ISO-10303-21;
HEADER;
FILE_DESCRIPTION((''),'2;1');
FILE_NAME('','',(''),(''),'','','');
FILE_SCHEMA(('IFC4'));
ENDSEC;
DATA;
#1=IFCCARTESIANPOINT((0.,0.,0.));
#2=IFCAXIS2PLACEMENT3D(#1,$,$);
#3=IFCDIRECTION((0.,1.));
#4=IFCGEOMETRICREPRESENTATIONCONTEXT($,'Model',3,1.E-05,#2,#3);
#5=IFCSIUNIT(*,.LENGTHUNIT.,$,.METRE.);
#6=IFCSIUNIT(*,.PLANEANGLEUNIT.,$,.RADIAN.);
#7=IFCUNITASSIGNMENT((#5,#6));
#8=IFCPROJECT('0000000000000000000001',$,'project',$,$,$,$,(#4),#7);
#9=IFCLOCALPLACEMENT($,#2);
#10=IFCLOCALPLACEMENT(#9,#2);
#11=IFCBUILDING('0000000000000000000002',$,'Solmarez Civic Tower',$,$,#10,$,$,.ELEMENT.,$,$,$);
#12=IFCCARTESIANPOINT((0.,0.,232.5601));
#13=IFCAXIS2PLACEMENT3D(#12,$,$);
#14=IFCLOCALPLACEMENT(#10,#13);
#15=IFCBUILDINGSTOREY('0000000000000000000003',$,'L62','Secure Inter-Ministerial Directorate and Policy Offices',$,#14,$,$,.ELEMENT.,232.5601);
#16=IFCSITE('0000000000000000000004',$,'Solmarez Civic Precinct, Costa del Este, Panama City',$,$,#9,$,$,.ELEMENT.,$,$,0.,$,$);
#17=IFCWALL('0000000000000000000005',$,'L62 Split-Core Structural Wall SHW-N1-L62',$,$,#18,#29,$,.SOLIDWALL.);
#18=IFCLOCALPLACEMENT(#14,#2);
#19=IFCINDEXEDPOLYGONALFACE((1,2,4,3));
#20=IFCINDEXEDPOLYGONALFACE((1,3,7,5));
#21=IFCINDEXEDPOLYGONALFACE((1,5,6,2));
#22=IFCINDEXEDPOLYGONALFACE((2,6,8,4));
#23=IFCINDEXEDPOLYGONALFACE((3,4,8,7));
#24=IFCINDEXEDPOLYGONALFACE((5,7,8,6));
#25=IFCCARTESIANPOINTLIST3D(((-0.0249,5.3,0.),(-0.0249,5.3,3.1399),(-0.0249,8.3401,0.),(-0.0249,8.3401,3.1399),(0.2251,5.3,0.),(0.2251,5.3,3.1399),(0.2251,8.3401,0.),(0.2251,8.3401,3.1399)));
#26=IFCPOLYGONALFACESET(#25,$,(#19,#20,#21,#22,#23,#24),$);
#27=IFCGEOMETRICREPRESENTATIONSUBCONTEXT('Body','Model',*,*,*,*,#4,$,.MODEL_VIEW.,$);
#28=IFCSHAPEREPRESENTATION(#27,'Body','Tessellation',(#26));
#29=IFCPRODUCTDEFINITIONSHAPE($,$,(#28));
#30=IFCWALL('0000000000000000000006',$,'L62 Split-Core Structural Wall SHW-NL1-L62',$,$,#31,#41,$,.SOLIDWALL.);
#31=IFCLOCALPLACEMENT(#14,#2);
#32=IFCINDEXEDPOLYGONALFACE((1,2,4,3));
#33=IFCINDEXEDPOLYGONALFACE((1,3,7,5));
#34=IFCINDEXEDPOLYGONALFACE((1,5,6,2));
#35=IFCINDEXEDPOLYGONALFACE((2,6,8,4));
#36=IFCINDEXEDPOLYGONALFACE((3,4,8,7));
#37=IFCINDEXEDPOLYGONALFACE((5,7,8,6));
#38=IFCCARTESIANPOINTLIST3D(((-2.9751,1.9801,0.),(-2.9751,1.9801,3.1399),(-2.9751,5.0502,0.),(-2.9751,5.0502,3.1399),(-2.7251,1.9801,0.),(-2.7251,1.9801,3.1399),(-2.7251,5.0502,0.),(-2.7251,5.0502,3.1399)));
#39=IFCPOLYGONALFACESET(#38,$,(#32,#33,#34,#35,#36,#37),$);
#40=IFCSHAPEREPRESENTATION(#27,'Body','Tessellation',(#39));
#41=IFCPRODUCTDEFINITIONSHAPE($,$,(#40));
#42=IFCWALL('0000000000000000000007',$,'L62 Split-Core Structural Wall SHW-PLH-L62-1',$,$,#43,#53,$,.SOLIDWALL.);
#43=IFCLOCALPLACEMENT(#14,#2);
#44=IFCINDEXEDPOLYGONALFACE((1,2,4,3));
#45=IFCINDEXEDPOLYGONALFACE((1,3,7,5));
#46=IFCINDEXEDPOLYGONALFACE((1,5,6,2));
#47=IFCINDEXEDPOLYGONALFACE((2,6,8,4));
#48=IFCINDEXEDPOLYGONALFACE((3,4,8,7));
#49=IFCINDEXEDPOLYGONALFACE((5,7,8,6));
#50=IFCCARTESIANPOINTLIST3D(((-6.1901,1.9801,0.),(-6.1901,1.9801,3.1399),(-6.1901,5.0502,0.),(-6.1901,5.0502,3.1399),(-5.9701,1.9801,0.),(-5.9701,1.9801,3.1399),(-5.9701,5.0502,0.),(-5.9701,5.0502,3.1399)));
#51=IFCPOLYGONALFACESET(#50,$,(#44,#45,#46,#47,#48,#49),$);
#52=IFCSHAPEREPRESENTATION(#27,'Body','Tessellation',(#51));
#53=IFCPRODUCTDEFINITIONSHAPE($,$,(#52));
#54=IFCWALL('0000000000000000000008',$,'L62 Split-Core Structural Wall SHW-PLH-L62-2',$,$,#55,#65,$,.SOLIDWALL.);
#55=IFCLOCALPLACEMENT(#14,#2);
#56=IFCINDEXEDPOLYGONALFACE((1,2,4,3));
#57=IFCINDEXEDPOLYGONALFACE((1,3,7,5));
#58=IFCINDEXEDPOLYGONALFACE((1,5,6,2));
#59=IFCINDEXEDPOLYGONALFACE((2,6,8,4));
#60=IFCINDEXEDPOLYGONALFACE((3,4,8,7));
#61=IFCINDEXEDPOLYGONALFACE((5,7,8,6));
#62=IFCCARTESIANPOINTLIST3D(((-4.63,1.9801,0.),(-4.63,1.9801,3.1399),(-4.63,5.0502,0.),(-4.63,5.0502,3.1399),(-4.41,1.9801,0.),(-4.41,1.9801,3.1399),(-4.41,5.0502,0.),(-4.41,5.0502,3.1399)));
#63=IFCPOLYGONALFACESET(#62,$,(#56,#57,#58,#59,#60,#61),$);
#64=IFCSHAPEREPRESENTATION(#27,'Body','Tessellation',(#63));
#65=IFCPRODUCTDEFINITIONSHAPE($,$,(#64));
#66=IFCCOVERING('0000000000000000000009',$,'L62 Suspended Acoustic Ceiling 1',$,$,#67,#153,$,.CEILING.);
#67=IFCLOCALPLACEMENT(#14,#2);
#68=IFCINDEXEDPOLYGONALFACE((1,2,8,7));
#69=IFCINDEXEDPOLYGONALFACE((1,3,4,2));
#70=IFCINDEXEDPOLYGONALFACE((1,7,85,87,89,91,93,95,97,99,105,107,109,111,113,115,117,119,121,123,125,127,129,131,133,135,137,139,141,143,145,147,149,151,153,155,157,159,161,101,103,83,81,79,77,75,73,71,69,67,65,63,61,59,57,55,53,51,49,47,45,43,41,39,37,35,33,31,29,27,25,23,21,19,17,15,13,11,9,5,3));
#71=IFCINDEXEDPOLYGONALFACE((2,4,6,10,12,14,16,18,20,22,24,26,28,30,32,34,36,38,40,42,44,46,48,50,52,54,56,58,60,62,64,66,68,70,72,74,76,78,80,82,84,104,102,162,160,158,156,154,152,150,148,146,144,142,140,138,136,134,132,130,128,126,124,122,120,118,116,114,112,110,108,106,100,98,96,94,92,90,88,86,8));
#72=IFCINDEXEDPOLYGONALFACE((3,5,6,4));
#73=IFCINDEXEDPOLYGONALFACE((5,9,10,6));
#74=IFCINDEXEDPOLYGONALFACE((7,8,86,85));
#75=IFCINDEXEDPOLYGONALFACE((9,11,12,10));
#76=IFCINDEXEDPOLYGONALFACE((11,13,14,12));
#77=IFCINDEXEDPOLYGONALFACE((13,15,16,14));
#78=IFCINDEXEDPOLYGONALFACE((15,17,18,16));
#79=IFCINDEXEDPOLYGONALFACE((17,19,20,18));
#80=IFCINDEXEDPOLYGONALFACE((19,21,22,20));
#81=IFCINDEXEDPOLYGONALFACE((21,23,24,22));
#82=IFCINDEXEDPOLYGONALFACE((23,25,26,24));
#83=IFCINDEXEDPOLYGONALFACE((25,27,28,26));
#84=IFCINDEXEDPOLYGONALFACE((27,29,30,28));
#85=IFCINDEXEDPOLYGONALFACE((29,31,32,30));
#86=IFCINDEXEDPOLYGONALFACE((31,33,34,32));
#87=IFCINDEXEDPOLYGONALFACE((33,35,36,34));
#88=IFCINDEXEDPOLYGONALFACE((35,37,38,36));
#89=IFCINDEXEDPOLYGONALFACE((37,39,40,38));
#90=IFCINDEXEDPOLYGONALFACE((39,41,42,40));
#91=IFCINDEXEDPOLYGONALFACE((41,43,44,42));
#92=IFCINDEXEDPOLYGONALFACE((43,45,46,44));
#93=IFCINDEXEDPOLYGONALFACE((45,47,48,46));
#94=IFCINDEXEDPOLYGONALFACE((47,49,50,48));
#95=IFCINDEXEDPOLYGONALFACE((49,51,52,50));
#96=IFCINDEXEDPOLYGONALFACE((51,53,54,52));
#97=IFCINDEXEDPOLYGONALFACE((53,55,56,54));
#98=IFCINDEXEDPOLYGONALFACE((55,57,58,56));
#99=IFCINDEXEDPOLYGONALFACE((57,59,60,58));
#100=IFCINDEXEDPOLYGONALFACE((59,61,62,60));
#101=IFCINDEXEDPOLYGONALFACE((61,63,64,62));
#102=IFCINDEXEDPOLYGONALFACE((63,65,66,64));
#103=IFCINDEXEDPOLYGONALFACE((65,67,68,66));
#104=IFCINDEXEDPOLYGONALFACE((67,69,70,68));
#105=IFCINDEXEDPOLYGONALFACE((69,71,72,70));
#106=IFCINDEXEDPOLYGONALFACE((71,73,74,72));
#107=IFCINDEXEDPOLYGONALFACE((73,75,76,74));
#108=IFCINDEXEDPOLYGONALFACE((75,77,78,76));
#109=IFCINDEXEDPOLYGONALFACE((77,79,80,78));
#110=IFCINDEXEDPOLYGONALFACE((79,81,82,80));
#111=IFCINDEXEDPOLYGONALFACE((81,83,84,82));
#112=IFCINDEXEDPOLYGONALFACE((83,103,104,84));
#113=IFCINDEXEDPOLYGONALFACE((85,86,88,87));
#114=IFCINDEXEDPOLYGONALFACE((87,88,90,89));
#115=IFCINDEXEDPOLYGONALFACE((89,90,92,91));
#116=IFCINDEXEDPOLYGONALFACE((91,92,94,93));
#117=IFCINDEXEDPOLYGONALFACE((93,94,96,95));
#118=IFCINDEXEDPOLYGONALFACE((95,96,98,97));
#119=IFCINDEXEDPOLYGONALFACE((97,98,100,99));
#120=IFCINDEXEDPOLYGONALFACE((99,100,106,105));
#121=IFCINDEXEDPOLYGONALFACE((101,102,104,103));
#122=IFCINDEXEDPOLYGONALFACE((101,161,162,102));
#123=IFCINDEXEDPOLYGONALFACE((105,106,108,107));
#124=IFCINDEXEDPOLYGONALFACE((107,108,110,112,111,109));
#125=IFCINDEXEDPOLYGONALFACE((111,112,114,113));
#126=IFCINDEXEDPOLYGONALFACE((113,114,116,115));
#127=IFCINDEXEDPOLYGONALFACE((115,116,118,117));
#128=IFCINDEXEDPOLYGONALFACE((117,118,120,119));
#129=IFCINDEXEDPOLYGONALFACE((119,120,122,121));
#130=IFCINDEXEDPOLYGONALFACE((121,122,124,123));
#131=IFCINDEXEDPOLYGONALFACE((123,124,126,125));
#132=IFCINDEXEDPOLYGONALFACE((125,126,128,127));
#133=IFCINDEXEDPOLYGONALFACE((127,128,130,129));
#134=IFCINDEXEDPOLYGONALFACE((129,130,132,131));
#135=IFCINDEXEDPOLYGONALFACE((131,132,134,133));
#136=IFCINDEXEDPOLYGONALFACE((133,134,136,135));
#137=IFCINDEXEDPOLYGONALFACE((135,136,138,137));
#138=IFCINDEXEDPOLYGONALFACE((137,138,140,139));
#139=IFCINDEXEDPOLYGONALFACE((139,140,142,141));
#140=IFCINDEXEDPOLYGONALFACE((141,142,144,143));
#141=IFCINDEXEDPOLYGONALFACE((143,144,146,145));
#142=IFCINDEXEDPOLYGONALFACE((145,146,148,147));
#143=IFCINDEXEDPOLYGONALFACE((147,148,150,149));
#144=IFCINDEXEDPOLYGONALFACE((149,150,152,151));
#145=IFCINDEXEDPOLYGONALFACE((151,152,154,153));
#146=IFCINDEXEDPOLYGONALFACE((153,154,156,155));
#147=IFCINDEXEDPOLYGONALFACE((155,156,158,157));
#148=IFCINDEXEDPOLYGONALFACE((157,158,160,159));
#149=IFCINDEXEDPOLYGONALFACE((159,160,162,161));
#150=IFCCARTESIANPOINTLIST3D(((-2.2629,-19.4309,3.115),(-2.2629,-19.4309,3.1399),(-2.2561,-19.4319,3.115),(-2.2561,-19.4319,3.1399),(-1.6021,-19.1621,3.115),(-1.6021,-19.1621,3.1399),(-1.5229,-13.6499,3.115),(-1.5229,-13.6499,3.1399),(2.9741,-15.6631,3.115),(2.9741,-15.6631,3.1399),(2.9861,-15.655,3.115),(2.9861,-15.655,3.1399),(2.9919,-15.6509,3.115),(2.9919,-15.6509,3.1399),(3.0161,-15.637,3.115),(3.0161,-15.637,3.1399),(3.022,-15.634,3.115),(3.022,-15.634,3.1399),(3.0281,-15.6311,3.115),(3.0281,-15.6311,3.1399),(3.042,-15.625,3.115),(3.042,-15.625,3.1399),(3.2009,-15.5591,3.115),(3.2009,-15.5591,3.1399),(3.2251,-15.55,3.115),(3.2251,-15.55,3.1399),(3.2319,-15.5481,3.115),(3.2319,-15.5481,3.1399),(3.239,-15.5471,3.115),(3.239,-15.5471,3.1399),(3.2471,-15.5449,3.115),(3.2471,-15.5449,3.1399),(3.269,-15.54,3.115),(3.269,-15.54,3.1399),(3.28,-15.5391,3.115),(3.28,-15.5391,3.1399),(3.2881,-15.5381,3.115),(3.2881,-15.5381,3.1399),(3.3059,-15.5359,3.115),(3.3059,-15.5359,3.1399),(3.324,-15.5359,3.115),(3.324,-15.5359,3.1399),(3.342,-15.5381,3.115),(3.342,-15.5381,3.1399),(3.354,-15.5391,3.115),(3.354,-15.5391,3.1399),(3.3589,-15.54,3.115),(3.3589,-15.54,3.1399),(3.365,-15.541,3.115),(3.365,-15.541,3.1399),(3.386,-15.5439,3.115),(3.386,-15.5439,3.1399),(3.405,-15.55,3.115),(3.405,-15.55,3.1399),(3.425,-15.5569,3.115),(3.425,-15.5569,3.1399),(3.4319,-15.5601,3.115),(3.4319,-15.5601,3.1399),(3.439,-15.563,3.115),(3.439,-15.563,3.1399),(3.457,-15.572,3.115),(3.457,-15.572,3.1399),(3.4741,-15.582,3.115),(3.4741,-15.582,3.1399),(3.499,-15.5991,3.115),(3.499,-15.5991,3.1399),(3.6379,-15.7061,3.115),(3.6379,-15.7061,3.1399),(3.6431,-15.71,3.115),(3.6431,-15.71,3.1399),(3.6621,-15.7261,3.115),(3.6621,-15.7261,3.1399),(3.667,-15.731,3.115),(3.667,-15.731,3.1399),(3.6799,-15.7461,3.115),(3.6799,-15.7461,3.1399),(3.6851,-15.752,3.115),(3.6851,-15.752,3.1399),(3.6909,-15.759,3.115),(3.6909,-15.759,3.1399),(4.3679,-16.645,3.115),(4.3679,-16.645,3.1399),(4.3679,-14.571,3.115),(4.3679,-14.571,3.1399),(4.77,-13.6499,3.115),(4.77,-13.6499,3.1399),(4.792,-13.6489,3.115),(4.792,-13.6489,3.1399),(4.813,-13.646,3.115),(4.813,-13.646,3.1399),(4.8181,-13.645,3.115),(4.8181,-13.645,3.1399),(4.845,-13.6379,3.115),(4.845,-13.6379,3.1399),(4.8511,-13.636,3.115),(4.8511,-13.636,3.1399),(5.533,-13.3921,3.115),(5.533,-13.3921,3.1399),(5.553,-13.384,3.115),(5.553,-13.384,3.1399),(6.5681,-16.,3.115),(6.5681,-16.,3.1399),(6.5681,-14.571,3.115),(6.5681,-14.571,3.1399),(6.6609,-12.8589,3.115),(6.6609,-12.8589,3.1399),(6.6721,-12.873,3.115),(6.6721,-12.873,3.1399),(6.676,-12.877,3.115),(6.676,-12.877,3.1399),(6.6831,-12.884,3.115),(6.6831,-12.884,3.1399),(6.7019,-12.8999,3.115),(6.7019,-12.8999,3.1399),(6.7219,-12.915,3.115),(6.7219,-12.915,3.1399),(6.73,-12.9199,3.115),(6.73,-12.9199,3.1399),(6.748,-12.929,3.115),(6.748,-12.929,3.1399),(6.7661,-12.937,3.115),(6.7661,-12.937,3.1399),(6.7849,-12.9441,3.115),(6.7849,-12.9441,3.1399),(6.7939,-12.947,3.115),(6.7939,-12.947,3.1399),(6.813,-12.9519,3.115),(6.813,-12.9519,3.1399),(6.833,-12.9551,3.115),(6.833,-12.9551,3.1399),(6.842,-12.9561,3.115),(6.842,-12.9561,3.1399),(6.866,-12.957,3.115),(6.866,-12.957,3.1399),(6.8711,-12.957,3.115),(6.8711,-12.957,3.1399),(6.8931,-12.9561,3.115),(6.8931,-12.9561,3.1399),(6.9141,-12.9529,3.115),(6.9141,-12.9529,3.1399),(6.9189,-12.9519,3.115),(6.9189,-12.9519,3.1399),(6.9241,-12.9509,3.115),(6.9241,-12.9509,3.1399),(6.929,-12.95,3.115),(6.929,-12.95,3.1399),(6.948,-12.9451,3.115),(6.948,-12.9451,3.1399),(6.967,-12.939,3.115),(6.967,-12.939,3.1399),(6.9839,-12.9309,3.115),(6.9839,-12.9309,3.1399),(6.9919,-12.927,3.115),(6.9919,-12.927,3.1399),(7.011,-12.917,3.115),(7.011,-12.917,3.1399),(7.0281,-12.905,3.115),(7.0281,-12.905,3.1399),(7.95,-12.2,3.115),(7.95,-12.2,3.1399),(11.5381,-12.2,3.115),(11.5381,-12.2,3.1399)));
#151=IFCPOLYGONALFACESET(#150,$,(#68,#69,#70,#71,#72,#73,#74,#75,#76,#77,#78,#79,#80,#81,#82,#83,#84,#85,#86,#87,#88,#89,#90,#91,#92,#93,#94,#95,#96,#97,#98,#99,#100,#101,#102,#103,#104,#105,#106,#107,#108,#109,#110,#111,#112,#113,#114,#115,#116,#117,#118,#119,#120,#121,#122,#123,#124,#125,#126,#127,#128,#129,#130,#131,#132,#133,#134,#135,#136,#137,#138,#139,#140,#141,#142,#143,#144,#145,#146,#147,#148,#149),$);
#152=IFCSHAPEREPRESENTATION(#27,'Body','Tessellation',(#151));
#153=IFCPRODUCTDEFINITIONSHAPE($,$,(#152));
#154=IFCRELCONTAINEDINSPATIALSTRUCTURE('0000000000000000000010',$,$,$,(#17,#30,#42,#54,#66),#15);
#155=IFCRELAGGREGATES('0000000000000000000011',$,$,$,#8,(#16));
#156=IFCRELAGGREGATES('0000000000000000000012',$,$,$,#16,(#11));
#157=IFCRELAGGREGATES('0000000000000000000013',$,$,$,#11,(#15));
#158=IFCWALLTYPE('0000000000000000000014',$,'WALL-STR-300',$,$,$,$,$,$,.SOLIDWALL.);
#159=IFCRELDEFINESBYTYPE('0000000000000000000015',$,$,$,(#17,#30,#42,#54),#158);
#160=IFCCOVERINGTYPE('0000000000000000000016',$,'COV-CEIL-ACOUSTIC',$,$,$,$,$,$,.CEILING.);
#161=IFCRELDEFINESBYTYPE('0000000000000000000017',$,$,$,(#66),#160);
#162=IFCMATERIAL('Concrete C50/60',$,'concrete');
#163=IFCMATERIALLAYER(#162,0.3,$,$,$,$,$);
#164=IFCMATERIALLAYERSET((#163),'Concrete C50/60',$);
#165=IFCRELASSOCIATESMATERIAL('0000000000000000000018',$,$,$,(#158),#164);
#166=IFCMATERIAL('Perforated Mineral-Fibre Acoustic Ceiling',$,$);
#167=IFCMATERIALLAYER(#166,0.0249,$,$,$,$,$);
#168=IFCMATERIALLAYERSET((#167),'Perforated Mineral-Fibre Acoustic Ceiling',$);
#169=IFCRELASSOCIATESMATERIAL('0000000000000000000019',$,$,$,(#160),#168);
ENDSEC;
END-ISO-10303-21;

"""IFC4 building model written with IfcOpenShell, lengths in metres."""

from ifc_helpers import new_model, si_unit, direction, frame, frame_2d, origin, place, context, subcontext, project, spatial, polyline, rectangle, outline, extrude, material, layer, layer_set, type_object, element, save


model = new_model("IFC4")

# Units and contexts
model_context = context("Model", 3, precision=1e-05, world=origin(), true_north=direction((0.0, 1.0)))
body_context = subcontext(model_context, "Body", "Model", "MODEL_VIEW")
ifc_project = project(units=[si_unit("LENGTHUNIT", "METRE"), si_unit("PLANEANGLEUNIT", "RADIAN")], contexts=[model_context])

# Site, building, storey
site_placement = place(None, origin())
site = spatial("IfcSite", under=ifc_project, at=site_placement, Name="Solmarez Civic Precinct, Costa del Este, Panama City", CompositionType="ELEMENT", RefElevation=0.0)
building_placement = place(site_placement, origin())
building = spatial("IfcBuilding", under=site, at=building_placement, Name="Solmarez Civic Tower", CompositionType="ELEMENT")
storey_placement = place(building_placement, frame((0.0, 0.0, 232.5601)))
storey = spatial("IfcBuildingStorey", under=building, at=storey_placement, Name="L62", Description="Secure Inter-Ministerial Directorate and Policy Offices", CompositionType="ELEMENT", Elevation=232.5601)

# Shared definitions
ifc_material_1 = material(Name="Concrete C50/60", Category="concrete")

# Walls
ifc_layer_1 = layer(ifc_material_1, 0.3)
ifc_layer_set_1 = layer_set([ifc_layer_1], Name="Concrete C50/60")
wall_type_1 = type_object("IfcWallType", Name="WALL-STR-300", PredefinedType="SOLIDWALL", material=ifc_layer_set_1)
wall_1_placement = place(storey_placement, frame((0.1001, 5.3, 0.0), z_axis=(0.0, 0.0, 1.0), x_axis=(0.0, 1.0, 0.0)))
element("IfcWall", 1, at=wall_1_placement, inside=storey, type_object=wall_type_1, Name="L62 Split-Core Structural Wall SHW-N1-L62", PredefinedType="SOLIDWALL", context=body_context, shape_type="SweptSolid", body=[
    extrude(rectangle(XDim=3.04, YDim=0.25, at=frame_2d((1.52, 0.0))), origin(), (0.0, 0.0, 1.0), 3.1399),
])
wall_2_placement = place(storey_placement, frame((-2.8501, 1.98, 0.0), z_axis=(0.0, 0.0, 1.0), x_axis=(0.0, 1.0, 0.0)))
element("IfcWall", 2, at=wall_2_placement, inside=storey, type_object=wall_type_1, Name="L62 Split-Core Structural Wall SHW-NL1-L62", PredefinedType="SOLIDWALL", context=body_context, shape_type="SweptSolid", body=[
    extrude(rectangle(XDim=3.0701, YDim=0.25, at=frame_2d((1.5352, 0.0))), origin(), (0.0, 0.0, 1.0), 3.1399),
])
for number, where, z_axis, x_axis, name in (
    (3, (-6.0801, 1.98, 0.0), (0.0, 0.0, 1.0), (0.0, 1.0, 0.0), "L62 Split-Core Structural Wall SHW-PLH-L62-1"),
    (4, (-4.52, 1.98, 0.0), (0.0, 0.0, 1.0), (0.0, 1.0, 0.0), "L62 Split-Core Structural Wall SHW-PLH-L62-2"),
):
    element("IfcWall", number, at=place(storey_placement, frame(where, z_axis=z_axis, x_axis=x_axis)), inside=storey, type_object=wall_type_1, Name=name, PredefinedType="SOLIDWALL", context=body_context, shape_type="SweptSolid", body=[
        extrude(rectangle(XDim=3.0701, YDim=0.22, at=frame_2d((1.5352, 0.0))), origin(), (0.0, 0.0, 1.0), 3.1399),
    ])

# Covering
ifc_material_2 = material(Name="Perforated Mineral-Fibre Acoustic Ceiling")
ifc_layer_2 = layer(ifc_material_2, 0.0249)
ifc_layer_set_2 = layer_set([ifc_layer_2], Name="Perforated Mineral-Fibre Acoustic Ceiling")
covering_type_1 = type_object("IfcCoveringType", Name="COV-CEIL-ACOUSTIC", PredefinedType="CEILING", material=ifc_layer_set_2)
covering_1_placement = place(storey_placement, frame((0.0, 0.0, 3.115)))
element("IfcCovering", 5, at=covering_1_placement, inside=storey, type_object=covering_type_1, Name="L62 Suspended Acoustic Ceiling 1", PredefinedType="CEILING", context=body_context, shape_type="SweptSolid", body=[
    extrude(outline(polyline([(3.4741, -15.582), (3.499, -15.5991), (3.6379, -15.7061), (3.6431, -15.71), (3.6621, -15.7261), (3.667, -15.731), (3.6799, -15.7461), (3.6851, -15.752), (3.6909, -15.759), (4.3679, -16.645), (4.3679, -14.571), (6.5681, -14.571), (6.5681, -16.0), (11.5381, -12.2), (7.95, -12.2), (7.0281, -12.905), (7.011, -12.917), (6.9919, -12.927), (6.9839, -12.9309), (6.967, -12.939), (6.948, -12.9451), (6.929, -12.95), (6.9241, -12.9509), (6.9189, -12.9519), (6.9141, -12.9529), (6.8931, -12.9561), (6.8711, -12.957), (6.866, -12.957), (6.842, -12.9561), (6.833, -12.9551), (6.813, -12.9519), (6.7939, -12.947), (6.7849, -12.9441), (6.7661, -12.937), (6.748, -12.929), (6.73, -12.9199), (6.7219, -12.915), (6.7019, -12.8999), (6.6831, -12.884), (6.676, -12.877), (6.6721, -12.873), (6.6609, -12.8589), (5.553, -13.384), (5.533, -13.3921), (4.8511, -13.636), (4.845, -13.6379), (4.8181, -13.645), (4.813, -13.646), (4.792, -13.6489), (4.77, -13.6499), (-1.5229, -13.6499), (-2.2629, -19.4309), (-2.2561, -19.4319), (-1.6021, -19.1621), (2.9741, -15.6631), (2.9861, -15.655), (2.9919, -15.6509), (3.0161, -15.637), (3.022, -15.634), (3.0281, -15.6311), (3.042, -15.625), (3.2009, -15.5591), (3.2251, -15.55), (3.2319, -15.5481), (3.239, -15.5471), (3.2471, -15.5449), (3.269, -15.54), (3.28, -15.5391), (3.2881, -15.5381), (3.3059, -15.5359), (3.324, -15.5359), (3.342, -15.5381), (3.354, -15.5391), (3.3589, -15.54), (3.365, -15.541), (3.386, -15.5439), (3.405, -15.55), (3.425, -15.5569), (3.4319, -15.5601), (3.439, -15.563), (3.457, -15.572), (3.4741, -15.582)])), origin(), (0.0, 0.0, 1.0), 0.0249),
])

save(model, "model.ifc")
